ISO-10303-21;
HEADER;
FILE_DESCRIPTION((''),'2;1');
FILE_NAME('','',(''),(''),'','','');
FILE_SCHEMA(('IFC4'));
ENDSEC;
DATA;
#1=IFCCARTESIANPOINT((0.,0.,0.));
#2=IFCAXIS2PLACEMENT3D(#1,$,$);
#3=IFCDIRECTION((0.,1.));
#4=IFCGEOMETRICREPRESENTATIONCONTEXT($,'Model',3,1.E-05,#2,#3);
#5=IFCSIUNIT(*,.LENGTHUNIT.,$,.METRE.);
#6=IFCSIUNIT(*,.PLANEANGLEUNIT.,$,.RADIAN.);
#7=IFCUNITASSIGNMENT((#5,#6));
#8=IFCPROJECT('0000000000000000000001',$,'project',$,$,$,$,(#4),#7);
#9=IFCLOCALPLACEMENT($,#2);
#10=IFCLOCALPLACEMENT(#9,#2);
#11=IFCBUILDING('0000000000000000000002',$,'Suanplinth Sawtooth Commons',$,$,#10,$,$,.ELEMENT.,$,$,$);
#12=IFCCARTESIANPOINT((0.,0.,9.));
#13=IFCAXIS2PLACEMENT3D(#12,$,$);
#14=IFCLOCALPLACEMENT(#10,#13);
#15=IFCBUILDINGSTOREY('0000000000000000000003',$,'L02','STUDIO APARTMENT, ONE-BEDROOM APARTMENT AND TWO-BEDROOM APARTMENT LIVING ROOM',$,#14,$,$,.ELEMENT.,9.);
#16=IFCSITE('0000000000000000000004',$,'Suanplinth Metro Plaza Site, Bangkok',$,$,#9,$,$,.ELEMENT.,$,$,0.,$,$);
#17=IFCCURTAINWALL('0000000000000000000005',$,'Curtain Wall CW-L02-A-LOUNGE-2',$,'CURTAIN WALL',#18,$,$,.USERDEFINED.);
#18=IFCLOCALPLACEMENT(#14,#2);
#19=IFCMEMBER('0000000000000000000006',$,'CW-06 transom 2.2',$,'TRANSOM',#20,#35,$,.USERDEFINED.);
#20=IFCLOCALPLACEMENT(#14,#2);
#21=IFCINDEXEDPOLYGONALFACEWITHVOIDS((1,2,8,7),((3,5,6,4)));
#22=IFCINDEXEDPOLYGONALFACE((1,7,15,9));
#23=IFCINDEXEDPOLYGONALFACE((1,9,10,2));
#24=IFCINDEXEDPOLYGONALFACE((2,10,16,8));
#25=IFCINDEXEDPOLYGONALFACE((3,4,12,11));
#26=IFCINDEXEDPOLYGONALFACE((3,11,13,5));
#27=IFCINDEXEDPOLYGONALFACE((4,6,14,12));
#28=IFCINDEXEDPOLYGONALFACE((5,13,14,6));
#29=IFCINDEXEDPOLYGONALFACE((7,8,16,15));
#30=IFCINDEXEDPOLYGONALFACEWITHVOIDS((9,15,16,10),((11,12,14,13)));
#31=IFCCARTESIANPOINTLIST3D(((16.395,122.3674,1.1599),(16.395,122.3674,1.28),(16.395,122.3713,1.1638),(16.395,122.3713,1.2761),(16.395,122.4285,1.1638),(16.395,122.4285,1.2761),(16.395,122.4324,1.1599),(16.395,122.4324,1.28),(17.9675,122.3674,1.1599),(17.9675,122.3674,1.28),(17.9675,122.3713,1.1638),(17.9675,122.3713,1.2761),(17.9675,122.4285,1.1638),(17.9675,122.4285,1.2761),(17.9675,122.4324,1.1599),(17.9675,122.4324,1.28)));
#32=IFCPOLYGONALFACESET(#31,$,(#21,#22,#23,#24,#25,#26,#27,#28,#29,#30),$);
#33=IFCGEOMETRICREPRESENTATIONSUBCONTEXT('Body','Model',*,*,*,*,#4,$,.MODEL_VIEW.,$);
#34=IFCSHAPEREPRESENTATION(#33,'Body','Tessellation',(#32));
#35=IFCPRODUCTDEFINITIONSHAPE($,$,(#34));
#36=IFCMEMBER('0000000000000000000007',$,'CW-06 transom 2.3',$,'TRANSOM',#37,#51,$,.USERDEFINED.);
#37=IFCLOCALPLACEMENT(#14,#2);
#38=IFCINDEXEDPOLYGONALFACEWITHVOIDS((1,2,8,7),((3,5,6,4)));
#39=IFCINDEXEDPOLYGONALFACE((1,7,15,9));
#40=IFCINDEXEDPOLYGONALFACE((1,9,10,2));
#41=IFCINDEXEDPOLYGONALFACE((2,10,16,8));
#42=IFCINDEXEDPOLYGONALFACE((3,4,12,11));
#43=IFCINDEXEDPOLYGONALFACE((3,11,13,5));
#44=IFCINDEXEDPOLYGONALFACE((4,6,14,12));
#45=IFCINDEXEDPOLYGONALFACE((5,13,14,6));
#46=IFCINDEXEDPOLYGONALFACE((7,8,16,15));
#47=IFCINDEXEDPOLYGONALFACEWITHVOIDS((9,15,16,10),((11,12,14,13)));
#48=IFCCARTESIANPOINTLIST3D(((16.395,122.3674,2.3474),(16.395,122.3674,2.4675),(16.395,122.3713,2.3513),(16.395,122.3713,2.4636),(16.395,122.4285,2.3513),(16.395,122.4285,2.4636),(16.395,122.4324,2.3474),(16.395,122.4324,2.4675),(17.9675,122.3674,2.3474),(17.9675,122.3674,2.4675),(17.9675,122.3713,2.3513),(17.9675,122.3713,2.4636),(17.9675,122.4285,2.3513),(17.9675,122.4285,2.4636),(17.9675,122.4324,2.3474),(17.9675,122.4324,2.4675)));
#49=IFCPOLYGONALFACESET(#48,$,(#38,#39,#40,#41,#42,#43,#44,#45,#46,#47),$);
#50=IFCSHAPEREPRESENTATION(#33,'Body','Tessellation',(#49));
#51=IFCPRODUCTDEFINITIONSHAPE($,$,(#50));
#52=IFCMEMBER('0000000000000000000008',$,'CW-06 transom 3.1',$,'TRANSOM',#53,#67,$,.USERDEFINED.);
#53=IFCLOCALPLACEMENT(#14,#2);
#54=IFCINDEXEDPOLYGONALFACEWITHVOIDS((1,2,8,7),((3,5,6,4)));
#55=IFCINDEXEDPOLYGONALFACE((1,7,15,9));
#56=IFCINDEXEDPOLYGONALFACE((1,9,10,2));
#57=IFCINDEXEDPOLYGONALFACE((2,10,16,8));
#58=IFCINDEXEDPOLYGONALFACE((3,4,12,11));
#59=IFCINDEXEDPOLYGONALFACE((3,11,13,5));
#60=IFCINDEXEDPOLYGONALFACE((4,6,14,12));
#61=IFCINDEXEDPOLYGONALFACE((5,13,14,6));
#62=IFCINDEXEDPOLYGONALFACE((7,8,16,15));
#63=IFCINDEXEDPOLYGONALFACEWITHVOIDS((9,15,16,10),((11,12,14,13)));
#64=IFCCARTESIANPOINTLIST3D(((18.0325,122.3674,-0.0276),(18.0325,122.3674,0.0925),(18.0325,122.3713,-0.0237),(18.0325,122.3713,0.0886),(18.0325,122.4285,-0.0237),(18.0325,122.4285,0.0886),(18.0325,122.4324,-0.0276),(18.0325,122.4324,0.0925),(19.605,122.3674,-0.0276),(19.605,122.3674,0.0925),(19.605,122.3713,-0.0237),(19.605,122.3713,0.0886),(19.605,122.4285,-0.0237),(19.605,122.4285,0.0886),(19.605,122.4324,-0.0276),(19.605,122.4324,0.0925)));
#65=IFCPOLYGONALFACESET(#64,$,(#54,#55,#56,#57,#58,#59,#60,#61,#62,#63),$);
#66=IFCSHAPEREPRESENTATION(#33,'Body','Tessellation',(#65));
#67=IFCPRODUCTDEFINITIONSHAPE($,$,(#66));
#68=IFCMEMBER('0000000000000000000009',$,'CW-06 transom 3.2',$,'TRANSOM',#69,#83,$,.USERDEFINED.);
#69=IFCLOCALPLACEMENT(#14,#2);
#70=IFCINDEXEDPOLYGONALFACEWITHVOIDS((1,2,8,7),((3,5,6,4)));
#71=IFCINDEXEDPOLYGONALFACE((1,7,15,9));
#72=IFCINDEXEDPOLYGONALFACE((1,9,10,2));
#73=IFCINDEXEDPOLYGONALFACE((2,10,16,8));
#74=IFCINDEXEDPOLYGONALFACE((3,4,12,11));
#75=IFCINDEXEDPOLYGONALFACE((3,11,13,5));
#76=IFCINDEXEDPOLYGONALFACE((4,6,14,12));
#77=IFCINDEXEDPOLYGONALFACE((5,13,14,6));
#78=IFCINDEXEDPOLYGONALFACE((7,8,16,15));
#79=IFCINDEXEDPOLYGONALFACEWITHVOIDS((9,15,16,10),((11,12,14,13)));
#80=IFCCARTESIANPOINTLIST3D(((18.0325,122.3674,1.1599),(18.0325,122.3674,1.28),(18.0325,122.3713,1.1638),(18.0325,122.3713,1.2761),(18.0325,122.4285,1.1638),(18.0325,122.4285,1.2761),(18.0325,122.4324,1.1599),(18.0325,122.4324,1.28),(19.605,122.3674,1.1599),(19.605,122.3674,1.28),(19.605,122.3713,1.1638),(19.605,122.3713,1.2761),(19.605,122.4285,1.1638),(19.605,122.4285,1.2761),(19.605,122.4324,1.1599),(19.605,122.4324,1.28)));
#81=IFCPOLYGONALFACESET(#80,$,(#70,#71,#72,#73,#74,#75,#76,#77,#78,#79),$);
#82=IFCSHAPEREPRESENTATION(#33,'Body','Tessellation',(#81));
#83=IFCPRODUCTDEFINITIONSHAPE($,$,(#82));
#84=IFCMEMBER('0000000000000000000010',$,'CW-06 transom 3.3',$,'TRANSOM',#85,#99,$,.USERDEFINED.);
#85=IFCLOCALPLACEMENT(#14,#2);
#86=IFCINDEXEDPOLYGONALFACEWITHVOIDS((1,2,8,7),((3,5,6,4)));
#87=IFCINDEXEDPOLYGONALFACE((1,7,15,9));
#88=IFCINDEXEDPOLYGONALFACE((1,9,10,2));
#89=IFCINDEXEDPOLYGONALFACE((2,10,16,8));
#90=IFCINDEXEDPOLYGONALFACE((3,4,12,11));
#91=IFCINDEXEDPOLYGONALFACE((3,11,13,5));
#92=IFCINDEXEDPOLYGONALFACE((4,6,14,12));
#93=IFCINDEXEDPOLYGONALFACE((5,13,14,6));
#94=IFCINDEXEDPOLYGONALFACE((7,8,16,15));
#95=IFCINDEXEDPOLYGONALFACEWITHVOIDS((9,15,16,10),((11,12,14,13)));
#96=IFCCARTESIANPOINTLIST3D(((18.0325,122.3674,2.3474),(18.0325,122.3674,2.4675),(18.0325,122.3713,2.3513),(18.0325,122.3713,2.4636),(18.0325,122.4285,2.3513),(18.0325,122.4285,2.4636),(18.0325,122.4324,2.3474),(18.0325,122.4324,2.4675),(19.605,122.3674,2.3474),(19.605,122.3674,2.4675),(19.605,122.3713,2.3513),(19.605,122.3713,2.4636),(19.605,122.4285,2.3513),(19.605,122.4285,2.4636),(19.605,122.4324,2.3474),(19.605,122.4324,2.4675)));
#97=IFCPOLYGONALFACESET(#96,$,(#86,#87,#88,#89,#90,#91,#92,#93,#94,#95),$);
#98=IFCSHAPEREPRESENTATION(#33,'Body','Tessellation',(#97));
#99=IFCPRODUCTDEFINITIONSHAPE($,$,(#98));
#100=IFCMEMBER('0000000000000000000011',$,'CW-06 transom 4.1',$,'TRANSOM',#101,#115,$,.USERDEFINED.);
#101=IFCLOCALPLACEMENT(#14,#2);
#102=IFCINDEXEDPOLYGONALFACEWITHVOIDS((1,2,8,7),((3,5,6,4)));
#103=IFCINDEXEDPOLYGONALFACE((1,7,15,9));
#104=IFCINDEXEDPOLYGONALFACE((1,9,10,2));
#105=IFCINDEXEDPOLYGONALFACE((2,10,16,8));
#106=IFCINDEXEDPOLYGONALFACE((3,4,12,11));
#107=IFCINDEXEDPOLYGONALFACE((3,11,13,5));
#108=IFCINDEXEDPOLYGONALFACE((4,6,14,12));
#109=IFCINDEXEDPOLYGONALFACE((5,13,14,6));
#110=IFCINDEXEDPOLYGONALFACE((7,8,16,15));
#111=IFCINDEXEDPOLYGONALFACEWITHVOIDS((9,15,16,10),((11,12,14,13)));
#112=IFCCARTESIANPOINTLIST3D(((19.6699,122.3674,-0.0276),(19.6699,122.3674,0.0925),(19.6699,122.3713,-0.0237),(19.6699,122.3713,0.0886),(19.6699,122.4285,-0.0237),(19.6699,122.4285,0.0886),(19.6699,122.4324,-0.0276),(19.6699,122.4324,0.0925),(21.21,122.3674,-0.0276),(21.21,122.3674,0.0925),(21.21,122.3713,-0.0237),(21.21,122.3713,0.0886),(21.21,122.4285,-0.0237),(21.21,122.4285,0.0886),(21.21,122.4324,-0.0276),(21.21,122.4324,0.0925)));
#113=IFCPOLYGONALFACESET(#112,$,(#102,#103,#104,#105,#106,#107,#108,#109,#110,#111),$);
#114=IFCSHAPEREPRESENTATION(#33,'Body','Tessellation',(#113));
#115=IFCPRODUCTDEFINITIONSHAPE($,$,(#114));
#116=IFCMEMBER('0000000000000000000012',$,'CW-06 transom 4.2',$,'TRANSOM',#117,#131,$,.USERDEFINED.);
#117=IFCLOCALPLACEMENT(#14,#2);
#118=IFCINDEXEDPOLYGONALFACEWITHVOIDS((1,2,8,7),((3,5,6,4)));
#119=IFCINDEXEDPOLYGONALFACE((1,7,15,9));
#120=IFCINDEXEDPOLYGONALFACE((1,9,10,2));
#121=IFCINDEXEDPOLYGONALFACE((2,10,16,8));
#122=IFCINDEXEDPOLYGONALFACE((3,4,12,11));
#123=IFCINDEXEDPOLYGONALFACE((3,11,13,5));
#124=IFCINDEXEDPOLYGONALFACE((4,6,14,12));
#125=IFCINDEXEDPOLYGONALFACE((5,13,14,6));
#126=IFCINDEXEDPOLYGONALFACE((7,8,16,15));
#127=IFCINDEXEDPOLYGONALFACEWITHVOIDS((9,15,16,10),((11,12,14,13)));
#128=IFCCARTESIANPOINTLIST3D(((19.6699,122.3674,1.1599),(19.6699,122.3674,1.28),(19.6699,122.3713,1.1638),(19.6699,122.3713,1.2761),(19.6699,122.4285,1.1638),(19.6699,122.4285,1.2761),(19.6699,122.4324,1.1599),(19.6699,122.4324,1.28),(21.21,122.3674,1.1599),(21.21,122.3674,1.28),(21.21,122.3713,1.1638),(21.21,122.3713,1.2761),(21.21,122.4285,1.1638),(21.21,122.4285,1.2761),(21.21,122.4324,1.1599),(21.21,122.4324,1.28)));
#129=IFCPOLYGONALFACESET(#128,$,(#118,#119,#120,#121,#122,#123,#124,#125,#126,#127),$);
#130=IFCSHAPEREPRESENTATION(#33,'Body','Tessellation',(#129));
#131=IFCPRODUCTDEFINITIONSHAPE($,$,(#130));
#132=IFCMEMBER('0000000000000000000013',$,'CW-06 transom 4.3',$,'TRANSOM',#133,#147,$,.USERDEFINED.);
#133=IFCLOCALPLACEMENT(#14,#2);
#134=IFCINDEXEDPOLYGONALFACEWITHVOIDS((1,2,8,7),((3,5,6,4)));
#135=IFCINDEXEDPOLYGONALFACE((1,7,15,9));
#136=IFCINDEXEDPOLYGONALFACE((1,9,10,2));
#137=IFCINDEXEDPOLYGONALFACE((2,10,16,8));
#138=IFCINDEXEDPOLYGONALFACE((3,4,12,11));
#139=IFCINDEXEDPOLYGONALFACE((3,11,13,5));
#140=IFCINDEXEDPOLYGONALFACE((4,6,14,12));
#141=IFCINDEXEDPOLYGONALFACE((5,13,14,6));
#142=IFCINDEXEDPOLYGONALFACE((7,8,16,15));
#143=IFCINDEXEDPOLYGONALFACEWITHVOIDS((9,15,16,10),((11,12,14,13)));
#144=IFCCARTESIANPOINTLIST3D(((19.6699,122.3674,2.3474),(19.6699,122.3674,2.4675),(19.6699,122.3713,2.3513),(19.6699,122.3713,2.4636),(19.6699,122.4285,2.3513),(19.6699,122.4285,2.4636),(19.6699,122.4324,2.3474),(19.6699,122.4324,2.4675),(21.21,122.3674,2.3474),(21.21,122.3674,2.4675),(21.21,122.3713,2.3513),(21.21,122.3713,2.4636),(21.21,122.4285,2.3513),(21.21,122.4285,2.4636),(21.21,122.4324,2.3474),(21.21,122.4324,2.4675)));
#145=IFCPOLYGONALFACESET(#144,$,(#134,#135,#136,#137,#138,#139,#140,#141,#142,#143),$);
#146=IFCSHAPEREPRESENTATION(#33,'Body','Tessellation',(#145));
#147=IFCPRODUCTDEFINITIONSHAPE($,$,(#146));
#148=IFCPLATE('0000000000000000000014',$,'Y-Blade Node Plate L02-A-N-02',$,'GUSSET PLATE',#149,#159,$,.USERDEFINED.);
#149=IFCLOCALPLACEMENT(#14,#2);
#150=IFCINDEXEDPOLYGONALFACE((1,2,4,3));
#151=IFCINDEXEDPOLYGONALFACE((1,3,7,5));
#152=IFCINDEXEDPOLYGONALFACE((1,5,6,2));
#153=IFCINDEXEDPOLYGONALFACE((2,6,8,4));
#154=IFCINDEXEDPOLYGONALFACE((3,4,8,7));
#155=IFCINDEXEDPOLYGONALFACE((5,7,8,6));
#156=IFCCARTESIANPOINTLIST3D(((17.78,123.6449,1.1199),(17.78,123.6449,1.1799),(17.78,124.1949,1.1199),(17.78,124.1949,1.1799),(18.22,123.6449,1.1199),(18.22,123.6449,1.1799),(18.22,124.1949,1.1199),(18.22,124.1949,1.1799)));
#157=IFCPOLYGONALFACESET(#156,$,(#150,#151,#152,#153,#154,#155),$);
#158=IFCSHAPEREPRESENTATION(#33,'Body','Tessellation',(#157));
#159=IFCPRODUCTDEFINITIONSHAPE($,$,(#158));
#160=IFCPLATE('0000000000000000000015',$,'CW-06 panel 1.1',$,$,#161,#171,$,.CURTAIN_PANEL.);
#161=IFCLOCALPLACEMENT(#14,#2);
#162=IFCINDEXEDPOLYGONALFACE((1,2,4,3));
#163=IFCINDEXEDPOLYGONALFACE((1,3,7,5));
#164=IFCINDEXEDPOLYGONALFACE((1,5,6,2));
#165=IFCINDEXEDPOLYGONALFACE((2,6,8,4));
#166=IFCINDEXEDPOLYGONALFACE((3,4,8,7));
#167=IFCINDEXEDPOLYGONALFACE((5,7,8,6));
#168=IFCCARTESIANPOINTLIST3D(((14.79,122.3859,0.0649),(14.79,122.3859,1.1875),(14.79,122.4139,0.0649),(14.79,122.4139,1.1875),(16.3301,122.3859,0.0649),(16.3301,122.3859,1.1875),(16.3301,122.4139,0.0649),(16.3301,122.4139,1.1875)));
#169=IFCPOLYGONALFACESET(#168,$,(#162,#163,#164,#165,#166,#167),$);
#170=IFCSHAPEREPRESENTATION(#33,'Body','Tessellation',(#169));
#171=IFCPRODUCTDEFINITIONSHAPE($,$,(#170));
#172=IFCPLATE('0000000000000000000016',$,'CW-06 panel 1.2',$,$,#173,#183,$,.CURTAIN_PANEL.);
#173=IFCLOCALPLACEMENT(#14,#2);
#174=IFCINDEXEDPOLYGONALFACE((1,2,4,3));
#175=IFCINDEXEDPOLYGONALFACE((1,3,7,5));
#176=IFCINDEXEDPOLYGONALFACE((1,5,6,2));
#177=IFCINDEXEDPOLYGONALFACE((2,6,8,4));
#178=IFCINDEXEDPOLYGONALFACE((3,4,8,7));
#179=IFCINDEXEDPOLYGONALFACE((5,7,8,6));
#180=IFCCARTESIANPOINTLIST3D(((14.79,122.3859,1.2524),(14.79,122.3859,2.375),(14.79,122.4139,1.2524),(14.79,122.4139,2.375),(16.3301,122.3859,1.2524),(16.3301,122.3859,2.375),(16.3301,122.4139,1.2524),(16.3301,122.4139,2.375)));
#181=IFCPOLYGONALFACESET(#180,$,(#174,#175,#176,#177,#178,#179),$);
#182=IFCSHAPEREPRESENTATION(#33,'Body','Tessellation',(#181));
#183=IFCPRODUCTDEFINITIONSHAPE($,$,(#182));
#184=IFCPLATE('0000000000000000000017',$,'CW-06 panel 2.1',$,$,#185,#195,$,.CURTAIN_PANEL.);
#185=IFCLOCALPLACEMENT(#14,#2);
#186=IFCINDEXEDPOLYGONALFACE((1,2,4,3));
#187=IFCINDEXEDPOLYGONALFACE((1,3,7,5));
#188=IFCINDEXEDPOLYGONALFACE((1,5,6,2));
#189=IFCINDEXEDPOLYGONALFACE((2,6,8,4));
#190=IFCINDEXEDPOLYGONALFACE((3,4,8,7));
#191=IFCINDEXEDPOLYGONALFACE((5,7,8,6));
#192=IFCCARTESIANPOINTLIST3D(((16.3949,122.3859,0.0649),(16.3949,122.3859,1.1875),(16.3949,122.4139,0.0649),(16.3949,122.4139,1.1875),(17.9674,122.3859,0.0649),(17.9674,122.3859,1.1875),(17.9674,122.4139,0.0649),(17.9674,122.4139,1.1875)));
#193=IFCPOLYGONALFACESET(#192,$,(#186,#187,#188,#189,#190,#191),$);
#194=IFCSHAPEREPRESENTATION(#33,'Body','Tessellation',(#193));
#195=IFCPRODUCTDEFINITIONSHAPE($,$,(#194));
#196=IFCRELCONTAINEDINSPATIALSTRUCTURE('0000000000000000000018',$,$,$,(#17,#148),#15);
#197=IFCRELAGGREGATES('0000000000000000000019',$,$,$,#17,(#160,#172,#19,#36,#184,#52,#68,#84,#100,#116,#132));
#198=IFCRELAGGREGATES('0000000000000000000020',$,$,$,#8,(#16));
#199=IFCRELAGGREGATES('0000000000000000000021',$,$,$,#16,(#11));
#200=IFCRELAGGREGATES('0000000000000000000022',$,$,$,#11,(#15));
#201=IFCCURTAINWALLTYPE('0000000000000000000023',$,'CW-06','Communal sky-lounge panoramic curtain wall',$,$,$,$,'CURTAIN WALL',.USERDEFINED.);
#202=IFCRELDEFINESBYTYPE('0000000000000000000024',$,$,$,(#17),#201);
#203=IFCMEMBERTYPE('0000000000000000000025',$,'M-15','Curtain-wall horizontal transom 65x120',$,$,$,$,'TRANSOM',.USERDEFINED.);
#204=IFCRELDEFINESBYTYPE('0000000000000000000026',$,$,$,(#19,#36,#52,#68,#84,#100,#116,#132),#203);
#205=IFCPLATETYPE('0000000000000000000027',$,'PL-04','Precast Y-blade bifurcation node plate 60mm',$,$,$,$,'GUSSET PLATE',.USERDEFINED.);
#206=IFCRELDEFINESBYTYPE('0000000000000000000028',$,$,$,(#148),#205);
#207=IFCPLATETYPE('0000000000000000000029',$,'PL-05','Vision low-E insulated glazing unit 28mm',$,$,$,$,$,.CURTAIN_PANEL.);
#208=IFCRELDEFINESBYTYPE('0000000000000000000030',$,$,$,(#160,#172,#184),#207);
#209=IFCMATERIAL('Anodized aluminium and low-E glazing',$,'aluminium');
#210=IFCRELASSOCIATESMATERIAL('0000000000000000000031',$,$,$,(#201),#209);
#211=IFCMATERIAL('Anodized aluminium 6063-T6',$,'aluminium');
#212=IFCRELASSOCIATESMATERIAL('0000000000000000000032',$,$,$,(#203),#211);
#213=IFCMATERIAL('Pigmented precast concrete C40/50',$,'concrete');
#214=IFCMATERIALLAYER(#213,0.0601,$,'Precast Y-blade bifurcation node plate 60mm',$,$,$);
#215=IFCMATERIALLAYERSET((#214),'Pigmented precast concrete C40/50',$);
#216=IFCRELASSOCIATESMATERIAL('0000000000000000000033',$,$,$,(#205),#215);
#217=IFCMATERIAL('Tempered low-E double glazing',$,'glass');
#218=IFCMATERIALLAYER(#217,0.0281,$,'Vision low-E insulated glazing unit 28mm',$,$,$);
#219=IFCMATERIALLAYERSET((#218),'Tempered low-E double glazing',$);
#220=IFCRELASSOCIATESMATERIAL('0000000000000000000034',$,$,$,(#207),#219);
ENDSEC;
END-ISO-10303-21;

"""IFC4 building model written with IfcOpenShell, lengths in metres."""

from ifc_helpers import new_model, si_unit, direction, frame, origin, origin_2d, place, context, subcontext, project, spatial, rectangle, hollow_rectangle, extrude, material, layer, layer_set, material_profile, profile_set, type_object, element, aggregate, save


model = new_model("IFC4")

# Units and contexts
model_context = context("Model", 3, precision=1e-05, world=origin(), true_north=direction((0.0, 1.0)))
body_context = subcontext(model_context, "Body", "Model", "MODEL_VIEW")
ifc_project = project(units=[si_unit("LENGTHUNIT", "METRE"), si_unit("PLANEANGLEUNIT", "RADIAN")], contexts=[model_context])

# Site, building, storey
site_placement = place(None, origin())
site = spatial("IfcSite", under=ifc_project, at=site_placement, Name="Suanplinth Metro Plaza Site, Bangkok", CompositionType="ELEMENT", RefElevation=0.0)
building_placement = place(site_placement, origin())
building = spatial("IfcBuilding", under=site, at=building_placement, Name="Suanplinth Sawtooth Commons", CompositionType="ELEMENT")
storey_placement = place(building_placement, frame((0.0, 0.0, 9.0)))
storey = spatial("IfcBuildingStorey", under=building, at=storey_placement, Name="L02", Description="STUDIO APARTMENT, ONE-BEDROOM APARTMENT AND TWO-BEDROOM APARTMENT LIVING ROOM", CompositionType="ELEMENT", Elevation=9.0)

# Shared definitions
ifc_material_1 = material(Name="Pigmented precast concrete C40/50", Category="concrete")

# Curtain wall, members
ifc_material_2 = material(Name="Anodized aluminium and low-E glazing", Category="aluminium")
curtain_wall_type = type_object("IfcCurtainWallType", Name="CW-06", Description="Communal sky-lounge panoramic curtain wall", ElementType="CURTAIN WALL", PredefinedType="USERDEFINED", material=ifc_material_2)
curtain_wall_placement = place(storey_placement, origin())
curtain_wall = element("IfcCurtainWall", 1, at=curtain_wall_placement, inside=storey, type_object=curtain_wall_type, Name="Curtain Wall CW-L02-A-LOUNGE-2", ObjectType="CURTAIN WALL", PredefinedType="USERDEFINED")
ifc_material_3 = material(Name="Anodized aluminium 6063-T6", Category="aluminium")
ifc_material_profile_1 = material_profile(ifc_material_3, hollow_rectangle(XDim=0.0649, YDim=0.1201, WallThickness=0.0039, at=origin_2d()), Name="ALU-TRN 65x120")
ifc_profile_set_1 = profile_set([ifc_material_profile_1], Name="Anodized aluminium 6063-T6")
member_type_1 = type_object("IfcMemberType", Name="M-15", Description="Curtain-wall horizontal transom 65x120", ElementType="TRANSOM", PredefinedType="USERDEFINED", material=ifc_profile_set_1)
member_1_placement = place(storey_placement, frame((16.395, 122.3999, 1.22), z_axis=(1.0, 0.0, 0.0), x_axis=(0.0, 1.0, 0.0)))
member_1 = element("IfcMember", 2, at=member_1_placement, type_object=member_type_1, Name="CW-06 transom 2.2", ObjectType="TRANSOM", PredefinedType="USERDEFINED", context=body_context, shape_type="SweptSolid", body=[
    extrude(hollow_rectangle(XDim=0.0649, YDim=0.1201, WallThickness=0.0039, at=origin_2d()), origin(), (0.0, 0.0, 1.0), 1.5725),
])
member_2_placement = place(storey_placement, frame((16.395, 122.3999, 2.4075), z_axis=(1.0, 0.0, 0.0), x_axis=(0.0, 1.0, 0.0)))
member_2 = element("IfcMember", 3, at=member_2_placement, type_object=member_type_1, Name="CW-06 transom 2.3", ObjectType="TRANSOM", PredefinedType="USERDEFINED", context=body_context, shape_type="SweptSolid", body=[
    extrude(hollow_rectangle(XDim=0.0649, YDim=0.1201, WallThickness=0.0039, at=origin_2d()), origin(), (0.0, 0.0, 1.0), 1.5725),
])
member_3_placement = place(storey_placement, frame((18.0325, 122.3999, 0.0325), z_axis=(1.0, 0.0, 0.0), x_axis=(0.0, 1.0, 0.0)))
member_3 = element("IfcMember", 4, at=member_3_placement, type_object=member_type_1, Name="CW-06 transom 3.1", ObjectType="TRANSOM", PredefinedType="USERDEFINED", context=body_context, shape_type="SweptSolid", body=[
    extrude(hollow_rectangle(XDim=0.0649, YDim=0.1201, WallThickness=0.0039, at=origin_2d()), origin(), (0.0, 0.0, 1.0), 1.5725),
])
member_4_placement = place(storey_placement, frame((18.0325, 122.3999, 1.22), z_axis=(1.0, 0.0, 0.0), x_axis=(0.0, 1.0, 0.0)))
member_4 = element("IfcMember", 5, at=member_4_placement, type_object=member_type_1, Name="CW-06 transom 3.2", ObjectType="TRANSOM", PredefinedType="USERDEFINED", context=body_context, shape_type="SweptSolid", body=[
    extrude(hollow_rectangle(XDim=0.0649, YDim=0.1201, WallThickness=0.0039, at=origin_2d()), origin(), (0.0, 0.0, 1.0), 1.5725),
])
member_5_placement = place(storey_placement, frame((18.0325, 122.3999, 2.4075), z_axis=(1.0, 0.0, 0.0), x_axis=(0.0, 1.0, 0.0)))
member_5 = element("IfcMember", 6, at=member_5_placement, type_object=member_type_1, Name="CW-06 transom 3.3", ObjectType="TRANSOM", PredefinedType="USERDEFINED", context=body_context, shape_type="SweptSolid", body=[
    extrude(hollow_rectangle(XDim=0.0649, YDim=0.1201, WallThickness=0.0039, at=origin_2d()), origin(), (0.0, 0.0, 1.0), 1.5725),
])
member_6_placement = place(storey_placement, frame((19.6699, 122.3999, 0.0325), z_axis=(1.0, 0.0, 0.0), x_axis=(0.0, 1.0, 0.0)))
member_6 = element("IfcMember", 7, at=member_6_placement, type_object=member_type_1, Name="CW-06 transom 4.1", ObjectType="TRANSOM", PredefinedType="USERDEFINED", context=body_context, shape_type="SweptSolid", body=[
    extrude(hollow_rectangle(XDim=0.0649, YDim=0.1201, WallThickness=0.0039, at=origin_2d()), origin(), (0.0, 0.0, 1.0), 1.54),
])
member_7_placement = place(storey_placement, frame((19.6699, 122.3999, 1.22), z_axis=(1.0, 0.0, 0.0), x_axis=(0.0, 1.0, 0.0)))
member_7 = element("IfcMember", 8, at=member_7_placement, type_object=member_type_1, Name="CW-06 transom 4.2", ObjectType="TRANSOM", PredefinedType="USERDEFINED", context=body_context, shape_type="SweptSolid", body=[
    extrude(hollow_rectangle(XDim=0.0649, YDim=0.1201, WallThickness=0.0039, at=origin_2d()), origin(), (0.0, 0.0, 1.0), 1.54),
])
member_8_placement = place(storey_placement, frame((19.6699, 122.3999, 2.4075), z_axis=(1.0, 0.0, 0.0), x_axis=(0.0, 1.0, 0.0)))
member_8 = element("IfcMember", 9, at=member_8_placement, type_object=member_type_1, Name="CW-06 transom 4.3", ObjectType="TRANSOM", PredefinedType="USERDEFINED", context=body_context, shape_type="SweptSolid", body=[
    extrude(hollow_rectangle(XDim=0.0649, YDim=0.1201, WallThickness=0.0039, at=origin_2d()), origin(), (0.0, 0.0, 1.0), 1.54),
])

# Plates
ifc_layer_1 = layer(ifc_material_1, 0.0601, Name="Precast Y-blade bifurcation node plate 60mm")
ifc_layer_set_1 = layer_set([ifc_layer_1], Name="Pigmented precast concrete C40/50")
plate_type_1 = type_object("IfcPlateType", Name="PL-04", Description="Precast Y-blade bifurcation node plate 60mm", ElementType="GUSSET PLATE", PredefinedType="USERDEFINED", material=ifc_layer_set_1)
plate_1_placement = place(storey_placement, frame((18.0, 123.9199, 1.1199), z_axis=(0.0, 0.0, 1.0), x_axis=(1.0, 0.0, 0.0)))
element("IfcPlate", 10, at=plate_1_placement, inside=storey, type_object=plate_type_1, Name="Y-Blade Node Plate L02-A-N-02", ObjectType="GUSSET PLATE", PredefinedType="USERDEFINED", context=body_context, shape_type="SweptSolid", body=[
    extrude(rectangle(XDim=0.4399, YDim=0.55, at=origin_2d()), origin(), (0.0, 0.0, 1.0), 0.0601),
])
ifc_material_4 = material(Name="Tempered low-E double glazing", Category="glass")
ifc_layer_2 = layer(ifc_material_4, 0.0281, Name="Vision low-E insulated glazing unit 28mm")
ifc_layer_set_2 = layer_set([ifc_layer_2], Name="Tempered low-E double glazing")
plate_type_2 = type_object("IfcPlateType", Name="PL-05", Description="Vision low-E insulated glazing unit 28mm", PredefinedType="CURTAIN_PANEL", material=ifc_layer_set_2)
plate_2_placement = place(storey_placement, frame((15.5601, 122.3999, 0.0649), z_axis=(0.0, 0.0, 1.0), x_axis=(1.0, 0.0, 0.0)))
plate_2 = element("IfcPlate", 11, at=plate_2_placement, type_object=plate_type_2, Name="CW-06 panel 1.1", PredefinedType="CURTAIN_PANEL", context=body_context, shape_type="SweptSolid", body=[
    extrude(rectangle(XDim=1.54, YDim=0.0281, at=origin_2d()), origin(), (0.0, 0.0, 1.0), 1.1226),
])
plate_3_placement = place(storey_placement, frame((15.5601, 122.3999, 1.2524), z_axis=(0.0, 0.0, 1.0), x_axis=(1.0, 0.0, 0.0)))
plate_3 = element("IfcPlate", 12, at=plate_3_placement, type_object=plate_type_2, Name="CW-06 panel 1.2", PredefinedType="CURTAIN_PANEL", context=body_context, shape_type="SweptSolid", body=[
    extrude(rectangle(XDim=1.54, YDim=0.0281, at=origin_2d()), origin(), (0.0, 0.0, 1.0), 1.1226),
])
plate_4_placement = place(storey_placement, frame((17.1812, 122.3999, 0.0649), z_axis=(0.0, 0.0, 1.0), x_axis=(1.0, 0.0, 0.0)))
plate_4 = element("IfcPlate", 13, at=plate_4_placement, type_object=plate_type_2, Name="CW-06 panel 2.1", PredefinedType="CURTAIN_PANEL", context=body_context, shape_type="SweptSolid", body=[
    extrude(rectangle(XDim=1.5725, YDim=0.0281, at=origin_2d()), origin(), (0.0, 0.0, 1.0), 1.1226),
])
aggregate(curtain_wall, [plate_2, plate_3, member_1, member_2, plate_4, member_3, member_4, member_5, member_6, member_7, member_8])

save(model, "model.ifc")
